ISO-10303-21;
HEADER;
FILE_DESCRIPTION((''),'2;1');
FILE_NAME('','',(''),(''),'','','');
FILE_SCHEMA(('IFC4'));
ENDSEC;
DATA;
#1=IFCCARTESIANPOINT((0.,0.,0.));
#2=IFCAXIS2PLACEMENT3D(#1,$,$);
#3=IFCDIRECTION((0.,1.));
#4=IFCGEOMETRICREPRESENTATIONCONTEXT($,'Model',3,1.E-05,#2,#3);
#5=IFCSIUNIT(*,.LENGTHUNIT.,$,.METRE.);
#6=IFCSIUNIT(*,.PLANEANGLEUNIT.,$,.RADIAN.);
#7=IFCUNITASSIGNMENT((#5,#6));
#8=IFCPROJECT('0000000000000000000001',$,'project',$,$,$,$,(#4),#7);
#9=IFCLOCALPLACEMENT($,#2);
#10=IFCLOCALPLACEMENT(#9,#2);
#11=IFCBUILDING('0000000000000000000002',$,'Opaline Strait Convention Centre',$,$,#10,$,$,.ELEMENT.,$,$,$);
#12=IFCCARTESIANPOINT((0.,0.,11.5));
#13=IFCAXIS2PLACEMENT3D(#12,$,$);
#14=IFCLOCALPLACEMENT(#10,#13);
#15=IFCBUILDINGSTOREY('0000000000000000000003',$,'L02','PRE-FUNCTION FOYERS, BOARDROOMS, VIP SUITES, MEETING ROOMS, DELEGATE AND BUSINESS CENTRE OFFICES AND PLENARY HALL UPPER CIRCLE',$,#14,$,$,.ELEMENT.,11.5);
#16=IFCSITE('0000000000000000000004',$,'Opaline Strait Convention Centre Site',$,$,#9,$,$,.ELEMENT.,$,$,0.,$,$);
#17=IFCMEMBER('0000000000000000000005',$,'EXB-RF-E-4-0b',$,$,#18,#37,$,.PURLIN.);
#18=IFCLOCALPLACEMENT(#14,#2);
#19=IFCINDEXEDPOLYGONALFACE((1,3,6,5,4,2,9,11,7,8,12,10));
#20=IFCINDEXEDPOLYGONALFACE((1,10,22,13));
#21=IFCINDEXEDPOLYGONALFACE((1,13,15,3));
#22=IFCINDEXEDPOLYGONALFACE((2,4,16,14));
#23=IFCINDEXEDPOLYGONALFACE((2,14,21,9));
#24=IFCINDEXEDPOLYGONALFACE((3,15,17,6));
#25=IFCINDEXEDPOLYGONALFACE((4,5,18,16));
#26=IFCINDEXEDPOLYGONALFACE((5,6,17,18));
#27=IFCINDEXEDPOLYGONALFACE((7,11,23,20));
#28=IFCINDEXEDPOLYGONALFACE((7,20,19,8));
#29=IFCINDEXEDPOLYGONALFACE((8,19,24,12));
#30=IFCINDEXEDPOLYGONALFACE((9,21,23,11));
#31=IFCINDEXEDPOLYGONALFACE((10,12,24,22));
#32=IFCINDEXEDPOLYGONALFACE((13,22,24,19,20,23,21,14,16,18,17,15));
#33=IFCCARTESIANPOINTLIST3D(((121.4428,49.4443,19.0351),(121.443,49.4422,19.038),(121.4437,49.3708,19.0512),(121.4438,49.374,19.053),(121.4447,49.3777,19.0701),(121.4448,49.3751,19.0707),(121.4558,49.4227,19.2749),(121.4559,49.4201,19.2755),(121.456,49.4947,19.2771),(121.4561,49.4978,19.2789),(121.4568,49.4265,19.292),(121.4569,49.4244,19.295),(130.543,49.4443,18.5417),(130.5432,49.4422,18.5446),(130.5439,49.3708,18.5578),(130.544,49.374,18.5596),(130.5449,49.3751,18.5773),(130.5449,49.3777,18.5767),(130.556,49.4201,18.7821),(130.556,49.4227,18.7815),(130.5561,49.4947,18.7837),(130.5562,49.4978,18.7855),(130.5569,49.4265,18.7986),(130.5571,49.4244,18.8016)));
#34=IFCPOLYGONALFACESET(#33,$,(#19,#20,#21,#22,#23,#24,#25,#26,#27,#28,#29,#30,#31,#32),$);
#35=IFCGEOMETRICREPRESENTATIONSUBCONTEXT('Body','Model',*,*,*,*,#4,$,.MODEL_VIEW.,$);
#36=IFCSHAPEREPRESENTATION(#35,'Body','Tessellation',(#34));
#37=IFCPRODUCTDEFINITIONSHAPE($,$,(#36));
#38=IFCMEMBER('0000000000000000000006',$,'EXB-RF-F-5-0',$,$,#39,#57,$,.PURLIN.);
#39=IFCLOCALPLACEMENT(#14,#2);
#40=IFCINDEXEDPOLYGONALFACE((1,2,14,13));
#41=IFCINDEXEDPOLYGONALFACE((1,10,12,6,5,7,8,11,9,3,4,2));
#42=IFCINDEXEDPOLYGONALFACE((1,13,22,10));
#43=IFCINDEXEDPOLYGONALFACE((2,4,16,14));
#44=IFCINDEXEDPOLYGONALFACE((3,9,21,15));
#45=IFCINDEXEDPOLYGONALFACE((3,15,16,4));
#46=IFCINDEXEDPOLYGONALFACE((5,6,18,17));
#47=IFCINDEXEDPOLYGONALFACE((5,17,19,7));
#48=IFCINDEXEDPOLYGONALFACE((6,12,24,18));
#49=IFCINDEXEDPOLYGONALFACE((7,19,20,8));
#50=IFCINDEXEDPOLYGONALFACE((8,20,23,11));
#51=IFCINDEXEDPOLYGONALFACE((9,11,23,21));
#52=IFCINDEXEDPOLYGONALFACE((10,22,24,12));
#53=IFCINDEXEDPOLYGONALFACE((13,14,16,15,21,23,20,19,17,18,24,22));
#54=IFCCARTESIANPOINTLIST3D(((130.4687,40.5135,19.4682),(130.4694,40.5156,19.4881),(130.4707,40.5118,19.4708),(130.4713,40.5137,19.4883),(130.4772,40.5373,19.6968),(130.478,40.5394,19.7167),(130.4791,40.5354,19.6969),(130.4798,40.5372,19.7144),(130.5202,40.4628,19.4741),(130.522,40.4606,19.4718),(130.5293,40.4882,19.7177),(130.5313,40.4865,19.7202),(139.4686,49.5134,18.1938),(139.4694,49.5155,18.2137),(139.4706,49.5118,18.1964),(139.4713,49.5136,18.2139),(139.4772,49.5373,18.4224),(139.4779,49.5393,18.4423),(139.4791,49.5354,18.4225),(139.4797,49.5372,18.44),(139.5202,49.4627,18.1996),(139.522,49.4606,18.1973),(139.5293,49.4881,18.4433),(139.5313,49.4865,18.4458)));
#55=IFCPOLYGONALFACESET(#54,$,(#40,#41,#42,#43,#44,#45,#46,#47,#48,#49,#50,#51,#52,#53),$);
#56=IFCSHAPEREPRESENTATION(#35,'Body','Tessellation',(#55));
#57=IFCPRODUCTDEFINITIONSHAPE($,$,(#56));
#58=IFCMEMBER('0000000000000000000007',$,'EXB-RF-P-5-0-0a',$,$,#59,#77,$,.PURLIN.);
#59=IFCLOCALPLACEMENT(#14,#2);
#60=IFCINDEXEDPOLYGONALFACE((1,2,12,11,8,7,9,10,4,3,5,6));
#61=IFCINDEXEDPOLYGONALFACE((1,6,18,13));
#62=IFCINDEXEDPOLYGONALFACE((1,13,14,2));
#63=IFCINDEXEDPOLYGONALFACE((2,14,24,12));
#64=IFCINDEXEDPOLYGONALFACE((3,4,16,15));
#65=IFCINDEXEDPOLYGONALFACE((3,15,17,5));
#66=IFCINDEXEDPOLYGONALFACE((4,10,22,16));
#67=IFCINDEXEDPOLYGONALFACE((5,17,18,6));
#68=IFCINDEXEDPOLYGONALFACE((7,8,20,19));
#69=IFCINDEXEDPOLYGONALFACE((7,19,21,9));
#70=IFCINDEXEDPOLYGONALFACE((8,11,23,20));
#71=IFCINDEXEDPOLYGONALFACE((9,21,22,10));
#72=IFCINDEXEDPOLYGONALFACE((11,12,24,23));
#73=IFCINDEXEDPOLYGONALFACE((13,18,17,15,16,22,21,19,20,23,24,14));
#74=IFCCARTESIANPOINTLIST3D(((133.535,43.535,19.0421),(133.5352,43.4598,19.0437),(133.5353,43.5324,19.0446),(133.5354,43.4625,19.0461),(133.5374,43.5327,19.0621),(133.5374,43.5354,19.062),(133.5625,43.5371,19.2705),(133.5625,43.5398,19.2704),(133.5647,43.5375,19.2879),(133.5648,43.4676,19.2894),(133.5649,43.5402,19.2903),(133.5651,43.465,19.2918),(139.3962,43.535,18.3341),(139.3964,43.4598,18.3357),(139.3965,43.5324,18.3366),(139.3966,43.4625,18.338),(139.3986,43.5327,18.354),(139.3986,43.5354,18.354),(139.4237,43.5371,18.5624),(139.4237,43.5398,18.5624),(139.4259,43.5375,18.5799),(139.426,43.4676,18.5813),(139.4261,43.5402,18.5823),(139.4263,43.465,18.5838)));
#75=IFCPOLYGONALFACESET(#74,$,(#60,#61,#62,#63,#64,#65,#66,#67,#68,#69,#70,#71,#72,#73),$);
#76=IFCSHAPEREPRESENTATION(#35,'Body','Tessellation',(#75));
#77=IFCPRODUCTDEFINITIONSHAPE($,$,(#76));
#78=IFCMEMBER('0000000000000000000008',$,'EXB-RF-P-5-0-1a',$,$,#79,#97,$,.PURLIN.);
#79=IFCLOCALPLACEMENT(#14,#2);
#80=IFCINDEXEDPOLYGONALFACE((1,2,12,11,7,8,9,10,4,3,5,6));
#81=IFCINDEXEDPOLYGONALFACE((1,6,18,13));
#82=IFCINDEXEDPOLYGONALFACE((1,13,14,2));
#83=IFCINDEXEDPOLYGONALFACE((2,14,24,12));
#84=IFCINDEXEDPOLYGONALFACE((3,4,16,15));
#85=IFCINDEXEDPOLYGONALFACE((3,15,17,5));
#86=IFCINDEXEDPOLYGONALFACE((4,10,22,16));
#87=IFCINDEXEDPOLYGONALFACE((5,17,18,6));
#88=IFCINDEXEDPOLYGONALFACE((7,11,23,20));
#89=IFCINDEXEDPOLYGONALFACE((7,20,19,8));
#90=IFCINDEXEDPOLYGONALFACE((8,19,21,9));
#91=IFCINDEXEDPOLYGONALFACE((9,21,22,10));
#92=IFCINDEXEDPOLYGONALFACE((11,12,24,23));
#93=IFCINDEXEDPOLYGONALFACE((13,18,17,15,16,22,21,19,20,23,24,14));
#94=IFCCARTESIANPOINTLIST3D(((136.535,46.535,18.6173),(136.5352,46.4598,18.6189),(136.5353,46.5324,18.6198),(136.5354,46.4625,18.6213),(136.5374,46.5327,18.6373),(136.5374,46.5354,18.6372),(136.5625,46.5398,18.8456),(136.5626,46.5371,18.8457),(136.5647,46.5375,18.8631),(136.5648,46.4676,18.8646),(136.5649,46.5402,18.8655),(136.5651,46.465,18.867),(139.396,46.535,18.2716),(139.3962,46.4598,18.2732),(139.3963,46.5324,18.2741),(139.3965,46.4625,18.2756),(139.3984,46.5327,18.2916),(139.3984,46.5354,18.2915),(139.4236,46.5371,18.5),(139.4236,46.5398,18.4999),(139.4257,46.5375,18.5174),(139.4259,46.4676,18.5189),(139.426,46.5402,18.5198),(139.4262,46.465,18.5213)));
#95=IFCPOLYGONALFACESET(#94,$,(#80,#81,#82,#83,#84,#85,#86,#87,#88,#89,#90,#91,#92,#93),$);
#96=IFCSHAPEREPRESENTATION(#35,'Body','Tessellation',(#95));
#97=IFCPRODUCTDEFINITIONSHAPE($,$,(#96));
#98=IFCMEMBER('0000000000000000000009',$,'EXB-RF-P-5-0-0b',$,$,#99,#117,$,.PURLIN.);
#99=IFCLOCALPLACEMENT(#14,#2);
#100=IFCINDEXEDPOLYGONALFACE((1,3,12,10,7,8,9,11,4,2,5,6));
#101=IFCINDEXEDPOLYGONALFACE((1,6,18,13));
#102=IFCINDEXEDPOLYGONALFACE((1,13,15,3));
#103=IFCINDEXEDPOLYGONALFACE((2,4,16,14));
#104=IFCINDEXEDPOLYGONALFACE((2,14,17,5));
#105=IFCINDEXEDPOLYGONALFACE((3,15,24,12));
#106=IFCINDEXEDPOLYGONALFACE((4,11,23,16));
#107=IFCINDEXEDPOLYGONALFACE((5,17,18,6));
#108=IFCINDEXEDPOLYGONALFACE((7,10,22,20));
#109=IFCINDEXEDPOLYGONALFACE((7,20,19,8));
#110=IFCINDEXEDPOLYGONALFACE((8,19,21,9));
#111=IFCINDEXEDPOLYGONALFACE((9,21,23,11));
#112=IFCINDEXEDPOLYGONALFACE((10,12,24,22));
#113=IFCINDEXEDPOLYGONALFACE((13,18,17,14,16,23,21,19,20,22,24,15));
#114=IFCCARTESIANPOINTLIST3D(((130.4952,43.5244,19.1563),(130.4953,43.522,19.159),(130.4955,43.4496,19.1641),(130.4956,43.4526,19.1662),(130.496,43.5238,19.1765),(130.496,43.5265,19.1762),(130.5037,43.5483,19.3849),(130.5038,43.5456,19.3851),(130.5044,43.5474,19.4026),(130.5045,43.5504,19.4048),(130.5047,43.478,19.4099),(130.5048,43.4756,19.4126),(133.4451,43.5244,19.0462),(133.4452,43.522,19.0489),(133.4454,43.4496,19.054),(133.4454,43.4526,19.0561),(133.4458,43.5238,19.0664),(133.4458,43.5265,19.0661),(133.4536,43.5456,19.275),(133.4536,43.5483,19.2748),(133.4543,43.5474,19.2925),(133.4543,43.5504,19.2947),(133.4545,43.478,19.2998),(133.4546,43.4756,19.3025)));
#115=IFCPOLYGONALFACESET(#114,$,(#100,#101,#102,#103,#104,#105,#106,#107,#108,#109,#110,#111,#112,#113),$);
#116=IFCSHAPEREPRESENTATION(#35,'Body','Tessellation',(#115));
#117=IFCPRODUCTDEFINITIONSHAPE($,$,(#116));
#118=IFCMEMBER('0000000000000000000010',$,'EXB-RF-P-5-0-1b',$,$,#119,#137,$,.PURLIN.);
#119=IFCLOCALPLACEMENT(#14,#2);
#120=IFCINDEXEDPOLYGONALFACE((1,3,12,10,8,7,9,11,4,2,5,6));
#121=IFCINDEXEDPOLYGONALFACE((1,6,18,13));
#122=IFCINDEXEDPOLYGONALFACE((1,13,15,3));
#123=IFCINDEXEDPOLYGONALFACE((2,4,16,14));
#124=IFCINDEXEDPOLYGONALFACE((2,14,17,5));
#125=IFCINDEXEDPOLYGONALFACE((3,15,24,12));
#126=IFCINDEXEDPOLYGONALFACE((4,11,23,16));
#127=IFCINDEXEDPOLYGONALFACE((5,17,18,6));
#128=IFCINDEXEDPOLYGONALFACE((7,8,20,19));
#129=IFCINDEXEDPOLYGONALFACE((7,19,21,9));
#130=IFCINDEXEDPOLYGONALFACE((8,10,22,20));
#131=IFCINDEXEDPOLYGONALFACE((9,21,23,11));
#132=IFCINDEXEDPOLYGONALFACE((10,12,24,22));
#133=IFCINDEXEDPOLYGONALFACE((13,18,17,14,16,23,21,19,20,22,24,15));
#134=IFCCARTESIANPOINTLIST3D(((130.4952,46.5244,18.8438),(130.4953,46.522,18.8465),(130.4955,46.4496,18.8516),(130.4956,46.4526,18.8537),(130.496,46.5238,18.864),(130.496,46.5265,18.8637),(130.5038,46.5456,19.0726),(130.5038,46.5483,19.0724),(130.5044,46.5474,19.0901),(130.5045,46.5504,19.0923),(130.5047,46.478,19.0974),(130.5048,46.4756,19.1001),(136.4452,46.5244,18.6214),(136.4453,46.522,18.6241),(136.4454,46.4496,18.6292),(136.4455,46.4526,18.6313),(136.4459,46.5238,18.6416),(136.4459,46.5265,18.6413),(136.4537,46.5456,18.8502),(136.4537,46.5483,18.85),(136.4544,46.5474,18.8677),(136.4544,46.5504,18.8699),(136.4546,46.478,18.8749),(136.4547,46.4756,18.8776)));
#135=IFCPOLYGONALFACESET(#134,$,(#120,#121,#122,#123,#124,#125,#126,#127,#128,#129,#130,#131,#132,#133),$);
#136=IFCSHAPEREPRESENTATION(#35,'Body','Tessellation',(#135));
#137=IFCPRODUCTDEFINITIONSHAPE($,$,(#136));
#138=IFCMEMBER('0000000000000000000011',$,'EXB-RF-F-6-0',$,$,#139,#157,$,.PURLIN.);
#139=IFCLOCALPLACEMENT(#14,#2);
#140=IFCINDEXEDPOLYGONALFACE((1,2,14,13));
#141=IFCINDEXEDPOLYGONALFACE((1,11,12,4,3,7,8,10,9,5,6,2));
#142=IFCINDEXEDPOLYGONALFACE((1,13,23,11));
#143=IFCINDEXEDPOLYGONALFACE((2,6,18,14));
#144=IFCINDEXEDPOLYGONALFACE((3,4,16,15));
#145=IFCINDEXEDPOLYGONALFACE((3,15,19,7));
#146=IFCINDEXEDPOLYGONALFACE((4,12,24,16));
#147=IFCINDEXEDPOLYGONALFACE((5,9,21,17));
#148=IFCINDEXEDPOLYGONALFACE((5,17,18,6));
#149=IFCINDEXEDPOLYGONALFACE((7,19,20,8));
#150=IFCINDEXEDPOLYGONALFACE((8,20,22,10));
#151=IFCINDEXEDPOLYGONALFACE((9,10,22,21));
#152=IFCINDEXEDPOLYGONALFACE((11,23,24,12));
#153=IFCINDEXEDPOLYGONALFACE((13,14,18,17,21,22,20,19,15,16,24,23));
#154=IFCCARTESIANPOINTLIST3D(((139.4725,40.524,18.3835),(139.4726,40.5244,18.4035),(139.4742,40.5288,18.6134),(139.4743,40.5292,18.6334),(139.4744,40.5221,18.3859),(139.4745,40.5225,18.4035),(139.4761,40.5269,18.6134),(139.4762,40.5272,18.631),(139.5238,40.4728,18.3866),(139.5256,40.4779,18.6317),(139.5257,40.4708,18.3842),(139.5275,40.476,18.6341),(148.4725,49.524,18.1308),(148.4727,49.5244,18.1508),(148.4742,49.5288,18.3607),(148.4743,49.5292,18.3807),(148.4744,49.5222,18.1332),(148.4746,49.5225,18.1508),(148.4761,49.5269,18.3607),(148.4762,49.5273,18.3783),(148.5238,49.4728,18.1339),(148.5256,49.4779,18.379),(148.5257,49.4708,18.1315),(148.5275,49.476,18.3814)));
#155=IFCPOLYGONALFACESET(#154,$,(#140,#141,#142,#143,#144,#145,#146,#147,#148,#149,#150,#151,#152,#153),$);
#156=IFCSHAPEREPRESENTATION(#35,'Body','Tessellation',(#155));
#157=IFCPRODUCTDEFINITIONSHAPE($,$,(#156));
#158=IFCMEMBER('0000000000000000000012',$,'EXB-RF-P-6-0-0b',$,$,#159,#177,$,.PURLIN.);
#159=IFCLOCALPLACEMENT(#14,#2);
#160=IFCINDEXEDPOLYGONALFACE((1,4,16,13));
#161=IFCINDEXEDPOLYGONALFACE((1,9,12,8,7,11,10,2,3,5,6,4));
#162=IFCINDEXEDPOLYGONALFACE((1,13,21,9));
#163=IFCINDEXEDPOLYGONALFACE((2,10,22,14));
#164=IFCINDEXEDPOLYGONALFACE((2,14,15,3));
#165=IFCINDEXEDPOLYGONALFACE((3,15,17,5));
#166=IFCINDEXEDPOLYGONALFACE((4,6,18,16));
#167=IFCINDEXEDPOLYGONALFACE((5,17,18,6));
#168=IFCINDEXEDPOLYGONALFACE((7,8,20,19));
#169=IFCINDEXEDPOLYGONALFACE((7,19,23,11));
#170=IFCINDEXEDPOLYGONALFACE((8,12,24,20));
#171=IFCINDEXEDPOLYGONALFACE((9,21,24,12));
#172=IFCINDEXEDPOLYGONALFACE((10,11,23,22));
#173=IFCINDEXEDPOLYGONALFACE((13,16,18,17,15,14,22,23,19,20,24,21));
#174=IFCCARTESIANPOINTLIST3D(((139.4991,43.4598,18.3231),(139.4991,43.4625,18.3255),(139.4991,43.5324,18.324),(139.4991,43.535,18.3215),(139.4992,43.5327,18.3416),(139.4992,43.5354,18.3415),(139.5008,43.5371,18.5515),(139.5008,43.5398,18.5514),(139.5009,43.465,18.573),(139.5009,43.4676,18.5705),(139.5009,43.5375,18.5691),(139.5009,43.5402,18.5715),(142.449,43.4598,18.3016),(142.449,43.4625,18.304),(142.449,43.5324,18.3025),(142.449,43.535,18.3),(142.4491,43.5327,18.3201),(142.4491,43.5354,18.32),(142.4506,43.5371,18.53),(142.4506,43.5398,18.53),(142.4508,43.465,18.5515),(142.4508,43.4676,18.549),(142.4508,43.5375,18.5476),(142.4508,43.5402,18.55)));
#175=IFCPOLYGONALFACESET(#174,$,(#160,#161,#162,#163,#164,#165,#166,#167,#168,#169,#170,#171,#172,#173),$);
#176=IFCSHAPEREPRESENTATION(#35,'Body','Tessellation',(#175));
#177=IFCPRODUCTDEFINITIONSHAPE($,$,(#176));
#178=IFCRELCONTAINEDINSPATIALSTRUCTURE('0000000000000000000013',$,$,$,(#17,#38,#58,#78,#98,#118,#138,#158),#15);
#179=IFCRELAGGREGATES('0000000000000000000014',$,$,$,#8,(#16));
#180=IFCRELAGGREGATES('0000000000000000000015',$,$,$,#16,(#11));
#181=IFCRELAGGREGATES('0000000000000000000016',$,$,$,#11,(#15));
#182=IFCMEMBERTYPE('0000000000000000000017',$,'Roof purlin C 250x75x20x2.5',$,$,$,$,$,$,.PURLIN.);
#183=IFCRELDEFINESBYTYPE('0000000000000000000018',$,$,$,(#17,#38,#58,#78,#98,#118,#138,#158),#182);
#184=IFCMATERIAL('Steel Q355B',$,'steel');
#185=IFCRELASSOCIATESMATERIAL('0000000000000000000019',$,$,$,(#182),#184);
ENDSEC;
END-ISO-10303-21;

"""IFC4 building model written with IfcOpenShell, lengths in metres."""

from ifc_helpers import new_model, si_unit, direction, frame, origin, place, context, subcontext, project, spatial, polyline, outline, extrude, material, material_profile, profile_set, type_object, element, save


model = new_model("IFC4")

# Units and contexts
model_context = context("Model", 3, precision=1e-05, world=origin(), true_north=direction((0.0, 1.0)))
body_context = subcontext(model_context, "Body", "Model", "MODEL_VIEW")
ifc_project = project(units=[si_unit("LENGTHUNIT", "METRE"), si_unit("PLANEANGLEUNIT", "RADIAN")], contexts=[model_context])

# Site, building, storey
site_placement = place(None, origin())
site = spatial("IfcSite", under=ifc_project, at=site_placement, Name="Opaline Strait Convention Centre Site", CompositionType="ELEMENT", RefElevation=0.0)
building_placement = place(site_placement, origin())
building = spatial("IfcBuilding", under=site, at=building_placement, Name="Opaline Strait Convention Centre", CompositionType="ELEMENT")
storey_placement = place(building_placement, frame((0.0, 0.0, 11.5)))
storey = spatial("IfcBuildingStorey", under=building, at=storey_placement, Name="L02", Description="PRE-FUNCTION FOYERS, BOARDROOMS, VIP SUITES, MEETING ROOMS, DELEGATE AND BUSINESS CENTRE OFFICES AND PLENARY HALL UPPER CIRCLE", CompositionType="ELEMENT", Elevation=11.5)

# Members
ifc_material_1 = material(Name="Steel Q355B", Category="steel")
ifc_material_profile_1 = material_profile(ifc_material_1, outline(polyline([(-0.0376, -0.125), (0.0376, -0.125), (0.0376, -0.105), (0.0349, -0.105), (0.0349, -0.1226), (-0.0349, -0.1226), (-0.0349, 0.1226), (0.0349, 0.1226), (0.0349, 0.105), (0.0376, 0.105), (0.0376, 0.125), (-0.0376, 0.125), (-0.0376, -0.125)])), Name="C 250x75x20x2.5")
ifc_profile_set_1 = profile_set([ifc_material_profile_1], Name="Steel Q355B")
member_type_1 = type_object("IfcMemberType", Name="Roof purlin C 250x75x20x2.5", PredefinedType="PURLIN", material=ifc_profile_set_1)
member_1_placement = place(storey_placement, frame((130.55, 49.4343, 18.6716), z_axis=(-0.998533, 0.0, 0.054141), x_axis=(0.011602, -0.976768, 0.213986)))
element("IfcMember", 1, at=member_1_placement, inside=storey, type_object=member_type_1, Name="EXB-RF-E-4-0b", PredefinedType="PURLIN", context=body_context, shape_type="SweptSolid", body=[
    extrude(outline(polyline([(-0.0376, -0.125), (0.0376, -0.125), (0.0376, -0.105), (0.0349, -0.105), (0.0349, -0.1226), (-0.0349, -0.1226), (-0.0349, 0.1226), (0.0349, 0.1226), (0.0349, 0.105), (0.0376, 0.105), (0.0376, 0.125), (-0.0376, 0.125), (-0.0376, -0.125)])), origin(), (0.0, 0.0, 1.0), 9.1135),
])
member_2_placement = place(storey_placement, frame((130.5, 40.5, 19.5942), z_axis=(0.703589, 0.703589, -0.099629), x_axis=(-0.709636, 0.703016, -0.046745)))
element("IfcMember", 2, at=member_2_placement, inside=storey, type_object=member_type_1, Name="EXB-RF-F-5-0", PredefinedType="PURLIN", context=body_context, shape_type="SweptSolid", body=[
    extrude(outline(polyline([(-0.0376, -0.125), (0.0376, -0.125), (0.0376, -0.105), (0.0349, -0.105), (0.0349, -0.1226), (-0.0349, -0.1226), (-0.0349, 0.1226), (0.0349, 0.1226), (0.0349, 0.105), (0.0376, 0.105), (0.0376, 0.125), (-0.0376, 0.125), (-0.0376, -0.125)])), origin(), (0.0, 0.0, 1.0), 12.7915),
])
member_3_placement = place(storey_placement, frame((133.55, 43.5, 19.167), z_axis=(0.992783, 0.0, -0.119926), x_axis=(-0.002494, 0.999784, -0.020649)))
element("IfcMember", 3, at=member_3_placement, inside=storey, type_object=member_type_1, Name="EXB-RF-P-5-0-0a", PredefinedType="PURLIN", context=body_context, shape_type="SweptSolid", body=[
    extrude(outline(polyline([(-0.0376, -0.125), (0.0376, -0.125), (0.0376, -0.105), (0.0349, -0.105), (0.0349, -0.1226), (-0.0349, -0.1226), (-0.0349, 0.1226), (0.0349, 0.1226), (0.0349, 0.105), (0.0376, 0.105), (0.0376, 0.125), (-0.0376, 0.125), (-0.0376, -0.125)])), origin(), (0.0, 0.0, 1.0), 5.9038),
])
member_4_placement = place(storey_placement, frame((136.55, 46.5, 18.7422), z_axis=(0.992779, 0.0, -0.119957), x_axis=(-0.002495, 0.999784, -0.020649)))
element("IfcMember", 4, at=member_4_placement, inside=storey, type_object=member_type_1, Name="EXB-RF-P-5-0-1a", PredefinedType="PURLIN", context=body_context, shape_type="SweptSolid", body=[
    extrude(outline(polyline([(-0.0376, -0.125), (0.0376, -0.125), (0.0376, -0.105), (0.0349, -0.105), (0.0349, -0.1226), (-0.0349, -0.1226), (-0.0349, 0.1226), (0.0349, 0.1226), (0.0349, 0.105), (0.0376, 0.105), (0.0376, 0.125), (-0.0376, 0.125), (-0.0376, -0.125)])), origin(), (0.0, 0.0, 1.0), 2.8818),
])
member_5_placement = place(storey_placement, frame((130.5, 43.5, 19.2844), z_axis=(0.999304, 0.0, -0.037299), x_axis=(-0.003866, 0.994613, -0.103587)))
element("IfcMember", 5, at=member_5_placement, inside=storey, type_object=member_type_1, Name="EXB-RF-P-5-0-0b", PredefinedType="PURLIN", context=body_context, shape_type="SweptSolid", body=[
    extrude(outline(polyline([(-0.0376, -0.125), (0.0376, -0.125), (0.0376, -0.105), (0.0349, -0.105), (0.0349, -0.1226), (-0.0349, -0.1226), (-0.0349, 0.1226), (0.0349, 0.1226), (0.0349, 0.105), (0.0376, 0.105), (0.0376, 0.125), (-0.0376, 0.125), (-0.0376, -0.125)])), origin(), (0.0, 0.0, 1.0), 2.9519),
])
member_6_placement = place(storey_placement, frame((130.5, 46.5, 18.9719), z_axis=(0.999302, 0.0, -0.037354), x_axis=(-0.003872, 0.994613, -0.103586)))
element("IfcMember", 6, at=member_6_placement, inside=storey, type_object=member_type_1, Name="EXB-RF-P-5-0-1b", PredefinedType="PURLIN", context=body_context, shape_type="SweptSolid", body=[
    extrude(outline(polyline([(-0.0376, -0.125), (0.0376, -0.125), (0.0376, -0.105), (0.0349, -0.105), (0.0349, -0.1226), (-0.0349, -0.1226), (-0.0349, 0.1226), (0.0349, 0.1226), (0.0349, 0.105), (0.0376, 0.105), (0.0376, 0.125), (-0.0376, 0.125), (-0.0376, -0.125)])), origin(), (0.0, 0.0, 1.0), 5.9541),
])
member_7_placement = place(storey_placement, frame((139.5, 40.5, 18.5088), z_axis=(0.706967, 0.706967, -0.019849), x_axis=(-0.707209, 0.70694, -0.009562)))
element("IfcMember", 7, at=member_7_placement, inside=storey, type_object=member_type_1, Name="EXB-RF-F-6-0", PredefinedType="PURLIN", context=body_context, shape_type="SweptSolid", body=[
    extrude(outline(polyline([(-0.0376, -0.125), (0.0376, -0.125), (0.0376, -0.105), (0.0349, -0.105), (0.0349, -0.1226), (-0.0349, -0.1226), (-0.0349, 0.1226), (0.0349, 0.1226), (0.0349, 0.105), (0.0376, 0.105), (0.0376, 0.125), (-0.0376, 0.125), (-0.0376, -0.125)])), origin(), (0.0, 0.0, 1.0), 12.7305),
])
member_8_placement = place(storey_placement, frame((139.5, 43.5, 18.4473), z_axis=(0.999973, 0.0, -0.007283), x_axis=(-0.000151, 0.999784, -0.020799)))
element("IfcMember", 8, at=member_8_placement, inside=storey, type_object=member_type_1, Name="EXB-RF-P-6-0-0b", PredefinedType="PURLIN", context=body_context, shape_type="SweptSolid", body=[
    extrude(outline(polyline([(-0.0376, -0.125), (0.0376, -0.125), (0.0376, -0.105), (0.0349, -0.105), (0.0349, -0.1226), (-0.0349, -0.1226), (-0.0349, 0.1226), (0.0349, 0.1226), (0.0349, 0.105), (0.0376, 0.105), (0.0376, 0.125), (-0.0376, 0.125), (-0.0376, -0.125)])), origin(), (0.0, 0.0, 1.0), 2.95),
])

save(model, "model.ifc")
